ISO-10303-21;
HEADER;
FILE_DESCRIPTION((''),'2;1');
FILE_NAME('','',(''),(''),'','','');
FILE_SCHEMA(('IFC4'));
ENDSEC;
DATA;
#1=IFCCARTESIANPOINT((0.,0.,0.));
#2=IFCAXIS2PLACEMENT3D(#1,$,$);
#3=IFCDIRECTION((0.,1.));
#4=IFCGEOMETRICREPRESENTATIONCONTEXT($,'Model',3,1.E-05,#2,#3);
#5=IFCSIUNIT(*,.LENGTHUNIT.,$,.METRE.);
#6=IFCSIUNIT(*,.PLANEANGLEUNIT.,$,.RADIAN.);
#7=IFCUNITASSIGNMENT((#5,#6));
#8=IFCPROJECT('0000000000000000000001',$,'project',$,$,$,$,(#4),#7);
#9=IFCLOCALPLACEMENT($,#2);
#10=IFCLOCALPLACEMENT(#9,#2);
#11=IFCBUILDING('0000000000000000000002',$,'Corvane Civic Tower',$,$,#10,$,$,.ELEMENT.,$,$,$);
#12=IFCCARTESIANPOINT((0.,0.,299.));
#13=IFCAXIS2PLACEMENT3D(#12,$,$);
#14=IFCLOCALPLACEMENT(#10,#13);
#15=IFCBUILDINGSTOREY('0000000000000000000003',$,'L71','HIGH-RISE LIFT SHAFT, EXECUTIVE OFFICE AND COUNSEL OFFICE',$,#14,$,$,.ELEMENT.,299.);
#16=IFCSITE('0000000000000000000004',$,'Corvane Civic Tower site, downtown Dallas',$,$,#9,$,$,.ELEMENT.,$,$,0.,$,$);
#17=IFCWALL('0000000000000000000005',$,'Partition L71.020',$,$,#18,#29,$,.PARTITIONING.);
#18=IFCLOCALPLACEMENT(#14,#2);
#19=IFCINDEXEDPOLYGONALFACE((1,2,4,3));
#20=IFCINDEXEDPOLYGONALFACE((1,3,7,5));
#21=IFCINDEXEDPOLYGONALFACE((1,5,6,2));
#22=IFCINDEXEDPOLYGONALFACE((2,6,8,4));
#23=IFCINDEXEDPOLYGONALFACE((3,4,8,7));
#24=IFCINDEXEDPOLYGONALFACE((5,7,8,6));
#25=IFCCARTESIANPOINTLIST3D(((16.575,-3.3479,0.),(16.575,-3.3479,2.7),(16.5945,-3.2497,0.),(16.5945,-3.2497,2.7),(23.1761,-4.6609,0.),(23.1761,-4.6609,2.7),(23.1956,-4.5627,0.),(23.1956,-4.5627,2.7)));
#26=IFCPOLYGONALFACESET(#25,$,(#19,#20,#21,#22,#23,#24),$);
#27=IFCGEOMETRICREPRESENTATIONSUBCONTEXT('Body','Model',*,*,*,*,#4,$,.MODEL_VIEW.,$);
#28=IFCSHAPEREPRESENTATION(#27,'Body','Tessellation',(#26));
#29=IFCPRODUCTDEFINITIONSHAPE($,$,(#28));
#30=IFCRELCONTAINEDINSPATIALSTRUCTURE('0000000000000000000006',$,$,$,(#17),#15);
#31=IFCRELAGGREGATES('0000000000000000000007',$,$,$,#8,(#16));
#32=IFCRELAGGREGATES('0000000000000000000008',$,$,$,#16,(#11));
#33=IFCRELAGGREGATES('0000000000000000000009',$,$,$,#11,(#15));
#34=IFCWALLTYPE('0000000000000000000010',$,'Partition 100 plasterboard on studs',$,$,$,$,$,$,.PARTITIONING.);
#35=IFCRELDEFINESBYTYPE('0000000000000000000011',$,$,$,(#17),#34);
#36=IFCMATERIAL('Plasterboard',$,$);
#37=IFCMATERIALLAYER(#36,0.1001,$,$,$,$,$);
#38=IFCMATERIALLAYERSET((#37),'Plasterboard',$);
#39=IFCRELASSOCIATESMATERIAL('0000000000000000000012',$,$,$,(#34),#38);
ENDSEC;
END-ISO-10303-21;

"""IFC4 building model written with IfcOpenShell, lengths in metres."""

from ifc_helpers import new_model, si_unit, direction, frame, frame_2d, origin, place, context, subcontext, project, spatial, rectangle, extrude, material, layer, layer_set, type_object, element, save


model = new_model("IFC4")

# Units and contexts
model_context = context("Model", 3, precision=1e-05, world=origin(), true_north=direction((0.0, 1.0)))
body_context = subcontext(model_context, "Body", "Model", "MODEL_VIEW")
ifc_project = project(units=[si_unit("LENGTHUNIT", "METRE"), si_unit("PLANEANGLEUNIT", "RADIAN")], contexts=[model_context])

# Site, building, storey
site_placement = place(None, origin())
site = spatial("IfcSite", under=ifc_project, at=site_placement, Name="Corvane Civic Tower site, downtown Dallas", CompositionType="ELEMENT", RefElevation=0.0)
building_placement = place(site_placement, origin())
building = spatial("IfcBuilding", under=site, at=building_placement, Name="Corvane Civic Tower", CompositionType="ELEMENT")
storey_placement = place(building_placement, frame((0.0, 0.0, 299.0)))
storey = spatial("IfcBuildingStorey", under=building, at=storey_placement, Name="L71", Description="HIGH-RISE LIFT SHAFT, EXECUTIVE OFFICE AND COUNSEL OFFICE", CompositionType="ELEMENT", Elevation=299.0)

# Shared definitions
ifc_material_1 = material(Name="Plasterboard")
ifc_layer_1 = layer(ifc_material_1, 0.1001)
ifc_layer_set_1 = layer_set([ifc_layer_1], Name="Plasterboard")
wall_type = type_object("IfcWallType", Name="Partition 100 plasterboard on studs", PredefinedType="PARTITIONING", material=ifc_layer_set_1)

# Wall
wall_1_placement = place(storey_placement, frame((16.5847, -3.2988, 0.0), z_axis=(0.0, 0.0, 1.0), x_axis=(0.980787, -0.195084, 0.0)))
element("IfcWall", 1, at=wall_1_placement, inside=storey, type_object=wall_type, Name="Partition L71.020", PredefinedType="PARTITIONING", context=body_context, shape_type="SweptSolid", body=[
    extrude(rectangle(XDim=6.7305, YDim=0.1001, at=frame_2d((3.3652, 0.0))), origin(), (0.0, 0.0, 1.0), 2.7),
])

save(model, "model.ifc")
